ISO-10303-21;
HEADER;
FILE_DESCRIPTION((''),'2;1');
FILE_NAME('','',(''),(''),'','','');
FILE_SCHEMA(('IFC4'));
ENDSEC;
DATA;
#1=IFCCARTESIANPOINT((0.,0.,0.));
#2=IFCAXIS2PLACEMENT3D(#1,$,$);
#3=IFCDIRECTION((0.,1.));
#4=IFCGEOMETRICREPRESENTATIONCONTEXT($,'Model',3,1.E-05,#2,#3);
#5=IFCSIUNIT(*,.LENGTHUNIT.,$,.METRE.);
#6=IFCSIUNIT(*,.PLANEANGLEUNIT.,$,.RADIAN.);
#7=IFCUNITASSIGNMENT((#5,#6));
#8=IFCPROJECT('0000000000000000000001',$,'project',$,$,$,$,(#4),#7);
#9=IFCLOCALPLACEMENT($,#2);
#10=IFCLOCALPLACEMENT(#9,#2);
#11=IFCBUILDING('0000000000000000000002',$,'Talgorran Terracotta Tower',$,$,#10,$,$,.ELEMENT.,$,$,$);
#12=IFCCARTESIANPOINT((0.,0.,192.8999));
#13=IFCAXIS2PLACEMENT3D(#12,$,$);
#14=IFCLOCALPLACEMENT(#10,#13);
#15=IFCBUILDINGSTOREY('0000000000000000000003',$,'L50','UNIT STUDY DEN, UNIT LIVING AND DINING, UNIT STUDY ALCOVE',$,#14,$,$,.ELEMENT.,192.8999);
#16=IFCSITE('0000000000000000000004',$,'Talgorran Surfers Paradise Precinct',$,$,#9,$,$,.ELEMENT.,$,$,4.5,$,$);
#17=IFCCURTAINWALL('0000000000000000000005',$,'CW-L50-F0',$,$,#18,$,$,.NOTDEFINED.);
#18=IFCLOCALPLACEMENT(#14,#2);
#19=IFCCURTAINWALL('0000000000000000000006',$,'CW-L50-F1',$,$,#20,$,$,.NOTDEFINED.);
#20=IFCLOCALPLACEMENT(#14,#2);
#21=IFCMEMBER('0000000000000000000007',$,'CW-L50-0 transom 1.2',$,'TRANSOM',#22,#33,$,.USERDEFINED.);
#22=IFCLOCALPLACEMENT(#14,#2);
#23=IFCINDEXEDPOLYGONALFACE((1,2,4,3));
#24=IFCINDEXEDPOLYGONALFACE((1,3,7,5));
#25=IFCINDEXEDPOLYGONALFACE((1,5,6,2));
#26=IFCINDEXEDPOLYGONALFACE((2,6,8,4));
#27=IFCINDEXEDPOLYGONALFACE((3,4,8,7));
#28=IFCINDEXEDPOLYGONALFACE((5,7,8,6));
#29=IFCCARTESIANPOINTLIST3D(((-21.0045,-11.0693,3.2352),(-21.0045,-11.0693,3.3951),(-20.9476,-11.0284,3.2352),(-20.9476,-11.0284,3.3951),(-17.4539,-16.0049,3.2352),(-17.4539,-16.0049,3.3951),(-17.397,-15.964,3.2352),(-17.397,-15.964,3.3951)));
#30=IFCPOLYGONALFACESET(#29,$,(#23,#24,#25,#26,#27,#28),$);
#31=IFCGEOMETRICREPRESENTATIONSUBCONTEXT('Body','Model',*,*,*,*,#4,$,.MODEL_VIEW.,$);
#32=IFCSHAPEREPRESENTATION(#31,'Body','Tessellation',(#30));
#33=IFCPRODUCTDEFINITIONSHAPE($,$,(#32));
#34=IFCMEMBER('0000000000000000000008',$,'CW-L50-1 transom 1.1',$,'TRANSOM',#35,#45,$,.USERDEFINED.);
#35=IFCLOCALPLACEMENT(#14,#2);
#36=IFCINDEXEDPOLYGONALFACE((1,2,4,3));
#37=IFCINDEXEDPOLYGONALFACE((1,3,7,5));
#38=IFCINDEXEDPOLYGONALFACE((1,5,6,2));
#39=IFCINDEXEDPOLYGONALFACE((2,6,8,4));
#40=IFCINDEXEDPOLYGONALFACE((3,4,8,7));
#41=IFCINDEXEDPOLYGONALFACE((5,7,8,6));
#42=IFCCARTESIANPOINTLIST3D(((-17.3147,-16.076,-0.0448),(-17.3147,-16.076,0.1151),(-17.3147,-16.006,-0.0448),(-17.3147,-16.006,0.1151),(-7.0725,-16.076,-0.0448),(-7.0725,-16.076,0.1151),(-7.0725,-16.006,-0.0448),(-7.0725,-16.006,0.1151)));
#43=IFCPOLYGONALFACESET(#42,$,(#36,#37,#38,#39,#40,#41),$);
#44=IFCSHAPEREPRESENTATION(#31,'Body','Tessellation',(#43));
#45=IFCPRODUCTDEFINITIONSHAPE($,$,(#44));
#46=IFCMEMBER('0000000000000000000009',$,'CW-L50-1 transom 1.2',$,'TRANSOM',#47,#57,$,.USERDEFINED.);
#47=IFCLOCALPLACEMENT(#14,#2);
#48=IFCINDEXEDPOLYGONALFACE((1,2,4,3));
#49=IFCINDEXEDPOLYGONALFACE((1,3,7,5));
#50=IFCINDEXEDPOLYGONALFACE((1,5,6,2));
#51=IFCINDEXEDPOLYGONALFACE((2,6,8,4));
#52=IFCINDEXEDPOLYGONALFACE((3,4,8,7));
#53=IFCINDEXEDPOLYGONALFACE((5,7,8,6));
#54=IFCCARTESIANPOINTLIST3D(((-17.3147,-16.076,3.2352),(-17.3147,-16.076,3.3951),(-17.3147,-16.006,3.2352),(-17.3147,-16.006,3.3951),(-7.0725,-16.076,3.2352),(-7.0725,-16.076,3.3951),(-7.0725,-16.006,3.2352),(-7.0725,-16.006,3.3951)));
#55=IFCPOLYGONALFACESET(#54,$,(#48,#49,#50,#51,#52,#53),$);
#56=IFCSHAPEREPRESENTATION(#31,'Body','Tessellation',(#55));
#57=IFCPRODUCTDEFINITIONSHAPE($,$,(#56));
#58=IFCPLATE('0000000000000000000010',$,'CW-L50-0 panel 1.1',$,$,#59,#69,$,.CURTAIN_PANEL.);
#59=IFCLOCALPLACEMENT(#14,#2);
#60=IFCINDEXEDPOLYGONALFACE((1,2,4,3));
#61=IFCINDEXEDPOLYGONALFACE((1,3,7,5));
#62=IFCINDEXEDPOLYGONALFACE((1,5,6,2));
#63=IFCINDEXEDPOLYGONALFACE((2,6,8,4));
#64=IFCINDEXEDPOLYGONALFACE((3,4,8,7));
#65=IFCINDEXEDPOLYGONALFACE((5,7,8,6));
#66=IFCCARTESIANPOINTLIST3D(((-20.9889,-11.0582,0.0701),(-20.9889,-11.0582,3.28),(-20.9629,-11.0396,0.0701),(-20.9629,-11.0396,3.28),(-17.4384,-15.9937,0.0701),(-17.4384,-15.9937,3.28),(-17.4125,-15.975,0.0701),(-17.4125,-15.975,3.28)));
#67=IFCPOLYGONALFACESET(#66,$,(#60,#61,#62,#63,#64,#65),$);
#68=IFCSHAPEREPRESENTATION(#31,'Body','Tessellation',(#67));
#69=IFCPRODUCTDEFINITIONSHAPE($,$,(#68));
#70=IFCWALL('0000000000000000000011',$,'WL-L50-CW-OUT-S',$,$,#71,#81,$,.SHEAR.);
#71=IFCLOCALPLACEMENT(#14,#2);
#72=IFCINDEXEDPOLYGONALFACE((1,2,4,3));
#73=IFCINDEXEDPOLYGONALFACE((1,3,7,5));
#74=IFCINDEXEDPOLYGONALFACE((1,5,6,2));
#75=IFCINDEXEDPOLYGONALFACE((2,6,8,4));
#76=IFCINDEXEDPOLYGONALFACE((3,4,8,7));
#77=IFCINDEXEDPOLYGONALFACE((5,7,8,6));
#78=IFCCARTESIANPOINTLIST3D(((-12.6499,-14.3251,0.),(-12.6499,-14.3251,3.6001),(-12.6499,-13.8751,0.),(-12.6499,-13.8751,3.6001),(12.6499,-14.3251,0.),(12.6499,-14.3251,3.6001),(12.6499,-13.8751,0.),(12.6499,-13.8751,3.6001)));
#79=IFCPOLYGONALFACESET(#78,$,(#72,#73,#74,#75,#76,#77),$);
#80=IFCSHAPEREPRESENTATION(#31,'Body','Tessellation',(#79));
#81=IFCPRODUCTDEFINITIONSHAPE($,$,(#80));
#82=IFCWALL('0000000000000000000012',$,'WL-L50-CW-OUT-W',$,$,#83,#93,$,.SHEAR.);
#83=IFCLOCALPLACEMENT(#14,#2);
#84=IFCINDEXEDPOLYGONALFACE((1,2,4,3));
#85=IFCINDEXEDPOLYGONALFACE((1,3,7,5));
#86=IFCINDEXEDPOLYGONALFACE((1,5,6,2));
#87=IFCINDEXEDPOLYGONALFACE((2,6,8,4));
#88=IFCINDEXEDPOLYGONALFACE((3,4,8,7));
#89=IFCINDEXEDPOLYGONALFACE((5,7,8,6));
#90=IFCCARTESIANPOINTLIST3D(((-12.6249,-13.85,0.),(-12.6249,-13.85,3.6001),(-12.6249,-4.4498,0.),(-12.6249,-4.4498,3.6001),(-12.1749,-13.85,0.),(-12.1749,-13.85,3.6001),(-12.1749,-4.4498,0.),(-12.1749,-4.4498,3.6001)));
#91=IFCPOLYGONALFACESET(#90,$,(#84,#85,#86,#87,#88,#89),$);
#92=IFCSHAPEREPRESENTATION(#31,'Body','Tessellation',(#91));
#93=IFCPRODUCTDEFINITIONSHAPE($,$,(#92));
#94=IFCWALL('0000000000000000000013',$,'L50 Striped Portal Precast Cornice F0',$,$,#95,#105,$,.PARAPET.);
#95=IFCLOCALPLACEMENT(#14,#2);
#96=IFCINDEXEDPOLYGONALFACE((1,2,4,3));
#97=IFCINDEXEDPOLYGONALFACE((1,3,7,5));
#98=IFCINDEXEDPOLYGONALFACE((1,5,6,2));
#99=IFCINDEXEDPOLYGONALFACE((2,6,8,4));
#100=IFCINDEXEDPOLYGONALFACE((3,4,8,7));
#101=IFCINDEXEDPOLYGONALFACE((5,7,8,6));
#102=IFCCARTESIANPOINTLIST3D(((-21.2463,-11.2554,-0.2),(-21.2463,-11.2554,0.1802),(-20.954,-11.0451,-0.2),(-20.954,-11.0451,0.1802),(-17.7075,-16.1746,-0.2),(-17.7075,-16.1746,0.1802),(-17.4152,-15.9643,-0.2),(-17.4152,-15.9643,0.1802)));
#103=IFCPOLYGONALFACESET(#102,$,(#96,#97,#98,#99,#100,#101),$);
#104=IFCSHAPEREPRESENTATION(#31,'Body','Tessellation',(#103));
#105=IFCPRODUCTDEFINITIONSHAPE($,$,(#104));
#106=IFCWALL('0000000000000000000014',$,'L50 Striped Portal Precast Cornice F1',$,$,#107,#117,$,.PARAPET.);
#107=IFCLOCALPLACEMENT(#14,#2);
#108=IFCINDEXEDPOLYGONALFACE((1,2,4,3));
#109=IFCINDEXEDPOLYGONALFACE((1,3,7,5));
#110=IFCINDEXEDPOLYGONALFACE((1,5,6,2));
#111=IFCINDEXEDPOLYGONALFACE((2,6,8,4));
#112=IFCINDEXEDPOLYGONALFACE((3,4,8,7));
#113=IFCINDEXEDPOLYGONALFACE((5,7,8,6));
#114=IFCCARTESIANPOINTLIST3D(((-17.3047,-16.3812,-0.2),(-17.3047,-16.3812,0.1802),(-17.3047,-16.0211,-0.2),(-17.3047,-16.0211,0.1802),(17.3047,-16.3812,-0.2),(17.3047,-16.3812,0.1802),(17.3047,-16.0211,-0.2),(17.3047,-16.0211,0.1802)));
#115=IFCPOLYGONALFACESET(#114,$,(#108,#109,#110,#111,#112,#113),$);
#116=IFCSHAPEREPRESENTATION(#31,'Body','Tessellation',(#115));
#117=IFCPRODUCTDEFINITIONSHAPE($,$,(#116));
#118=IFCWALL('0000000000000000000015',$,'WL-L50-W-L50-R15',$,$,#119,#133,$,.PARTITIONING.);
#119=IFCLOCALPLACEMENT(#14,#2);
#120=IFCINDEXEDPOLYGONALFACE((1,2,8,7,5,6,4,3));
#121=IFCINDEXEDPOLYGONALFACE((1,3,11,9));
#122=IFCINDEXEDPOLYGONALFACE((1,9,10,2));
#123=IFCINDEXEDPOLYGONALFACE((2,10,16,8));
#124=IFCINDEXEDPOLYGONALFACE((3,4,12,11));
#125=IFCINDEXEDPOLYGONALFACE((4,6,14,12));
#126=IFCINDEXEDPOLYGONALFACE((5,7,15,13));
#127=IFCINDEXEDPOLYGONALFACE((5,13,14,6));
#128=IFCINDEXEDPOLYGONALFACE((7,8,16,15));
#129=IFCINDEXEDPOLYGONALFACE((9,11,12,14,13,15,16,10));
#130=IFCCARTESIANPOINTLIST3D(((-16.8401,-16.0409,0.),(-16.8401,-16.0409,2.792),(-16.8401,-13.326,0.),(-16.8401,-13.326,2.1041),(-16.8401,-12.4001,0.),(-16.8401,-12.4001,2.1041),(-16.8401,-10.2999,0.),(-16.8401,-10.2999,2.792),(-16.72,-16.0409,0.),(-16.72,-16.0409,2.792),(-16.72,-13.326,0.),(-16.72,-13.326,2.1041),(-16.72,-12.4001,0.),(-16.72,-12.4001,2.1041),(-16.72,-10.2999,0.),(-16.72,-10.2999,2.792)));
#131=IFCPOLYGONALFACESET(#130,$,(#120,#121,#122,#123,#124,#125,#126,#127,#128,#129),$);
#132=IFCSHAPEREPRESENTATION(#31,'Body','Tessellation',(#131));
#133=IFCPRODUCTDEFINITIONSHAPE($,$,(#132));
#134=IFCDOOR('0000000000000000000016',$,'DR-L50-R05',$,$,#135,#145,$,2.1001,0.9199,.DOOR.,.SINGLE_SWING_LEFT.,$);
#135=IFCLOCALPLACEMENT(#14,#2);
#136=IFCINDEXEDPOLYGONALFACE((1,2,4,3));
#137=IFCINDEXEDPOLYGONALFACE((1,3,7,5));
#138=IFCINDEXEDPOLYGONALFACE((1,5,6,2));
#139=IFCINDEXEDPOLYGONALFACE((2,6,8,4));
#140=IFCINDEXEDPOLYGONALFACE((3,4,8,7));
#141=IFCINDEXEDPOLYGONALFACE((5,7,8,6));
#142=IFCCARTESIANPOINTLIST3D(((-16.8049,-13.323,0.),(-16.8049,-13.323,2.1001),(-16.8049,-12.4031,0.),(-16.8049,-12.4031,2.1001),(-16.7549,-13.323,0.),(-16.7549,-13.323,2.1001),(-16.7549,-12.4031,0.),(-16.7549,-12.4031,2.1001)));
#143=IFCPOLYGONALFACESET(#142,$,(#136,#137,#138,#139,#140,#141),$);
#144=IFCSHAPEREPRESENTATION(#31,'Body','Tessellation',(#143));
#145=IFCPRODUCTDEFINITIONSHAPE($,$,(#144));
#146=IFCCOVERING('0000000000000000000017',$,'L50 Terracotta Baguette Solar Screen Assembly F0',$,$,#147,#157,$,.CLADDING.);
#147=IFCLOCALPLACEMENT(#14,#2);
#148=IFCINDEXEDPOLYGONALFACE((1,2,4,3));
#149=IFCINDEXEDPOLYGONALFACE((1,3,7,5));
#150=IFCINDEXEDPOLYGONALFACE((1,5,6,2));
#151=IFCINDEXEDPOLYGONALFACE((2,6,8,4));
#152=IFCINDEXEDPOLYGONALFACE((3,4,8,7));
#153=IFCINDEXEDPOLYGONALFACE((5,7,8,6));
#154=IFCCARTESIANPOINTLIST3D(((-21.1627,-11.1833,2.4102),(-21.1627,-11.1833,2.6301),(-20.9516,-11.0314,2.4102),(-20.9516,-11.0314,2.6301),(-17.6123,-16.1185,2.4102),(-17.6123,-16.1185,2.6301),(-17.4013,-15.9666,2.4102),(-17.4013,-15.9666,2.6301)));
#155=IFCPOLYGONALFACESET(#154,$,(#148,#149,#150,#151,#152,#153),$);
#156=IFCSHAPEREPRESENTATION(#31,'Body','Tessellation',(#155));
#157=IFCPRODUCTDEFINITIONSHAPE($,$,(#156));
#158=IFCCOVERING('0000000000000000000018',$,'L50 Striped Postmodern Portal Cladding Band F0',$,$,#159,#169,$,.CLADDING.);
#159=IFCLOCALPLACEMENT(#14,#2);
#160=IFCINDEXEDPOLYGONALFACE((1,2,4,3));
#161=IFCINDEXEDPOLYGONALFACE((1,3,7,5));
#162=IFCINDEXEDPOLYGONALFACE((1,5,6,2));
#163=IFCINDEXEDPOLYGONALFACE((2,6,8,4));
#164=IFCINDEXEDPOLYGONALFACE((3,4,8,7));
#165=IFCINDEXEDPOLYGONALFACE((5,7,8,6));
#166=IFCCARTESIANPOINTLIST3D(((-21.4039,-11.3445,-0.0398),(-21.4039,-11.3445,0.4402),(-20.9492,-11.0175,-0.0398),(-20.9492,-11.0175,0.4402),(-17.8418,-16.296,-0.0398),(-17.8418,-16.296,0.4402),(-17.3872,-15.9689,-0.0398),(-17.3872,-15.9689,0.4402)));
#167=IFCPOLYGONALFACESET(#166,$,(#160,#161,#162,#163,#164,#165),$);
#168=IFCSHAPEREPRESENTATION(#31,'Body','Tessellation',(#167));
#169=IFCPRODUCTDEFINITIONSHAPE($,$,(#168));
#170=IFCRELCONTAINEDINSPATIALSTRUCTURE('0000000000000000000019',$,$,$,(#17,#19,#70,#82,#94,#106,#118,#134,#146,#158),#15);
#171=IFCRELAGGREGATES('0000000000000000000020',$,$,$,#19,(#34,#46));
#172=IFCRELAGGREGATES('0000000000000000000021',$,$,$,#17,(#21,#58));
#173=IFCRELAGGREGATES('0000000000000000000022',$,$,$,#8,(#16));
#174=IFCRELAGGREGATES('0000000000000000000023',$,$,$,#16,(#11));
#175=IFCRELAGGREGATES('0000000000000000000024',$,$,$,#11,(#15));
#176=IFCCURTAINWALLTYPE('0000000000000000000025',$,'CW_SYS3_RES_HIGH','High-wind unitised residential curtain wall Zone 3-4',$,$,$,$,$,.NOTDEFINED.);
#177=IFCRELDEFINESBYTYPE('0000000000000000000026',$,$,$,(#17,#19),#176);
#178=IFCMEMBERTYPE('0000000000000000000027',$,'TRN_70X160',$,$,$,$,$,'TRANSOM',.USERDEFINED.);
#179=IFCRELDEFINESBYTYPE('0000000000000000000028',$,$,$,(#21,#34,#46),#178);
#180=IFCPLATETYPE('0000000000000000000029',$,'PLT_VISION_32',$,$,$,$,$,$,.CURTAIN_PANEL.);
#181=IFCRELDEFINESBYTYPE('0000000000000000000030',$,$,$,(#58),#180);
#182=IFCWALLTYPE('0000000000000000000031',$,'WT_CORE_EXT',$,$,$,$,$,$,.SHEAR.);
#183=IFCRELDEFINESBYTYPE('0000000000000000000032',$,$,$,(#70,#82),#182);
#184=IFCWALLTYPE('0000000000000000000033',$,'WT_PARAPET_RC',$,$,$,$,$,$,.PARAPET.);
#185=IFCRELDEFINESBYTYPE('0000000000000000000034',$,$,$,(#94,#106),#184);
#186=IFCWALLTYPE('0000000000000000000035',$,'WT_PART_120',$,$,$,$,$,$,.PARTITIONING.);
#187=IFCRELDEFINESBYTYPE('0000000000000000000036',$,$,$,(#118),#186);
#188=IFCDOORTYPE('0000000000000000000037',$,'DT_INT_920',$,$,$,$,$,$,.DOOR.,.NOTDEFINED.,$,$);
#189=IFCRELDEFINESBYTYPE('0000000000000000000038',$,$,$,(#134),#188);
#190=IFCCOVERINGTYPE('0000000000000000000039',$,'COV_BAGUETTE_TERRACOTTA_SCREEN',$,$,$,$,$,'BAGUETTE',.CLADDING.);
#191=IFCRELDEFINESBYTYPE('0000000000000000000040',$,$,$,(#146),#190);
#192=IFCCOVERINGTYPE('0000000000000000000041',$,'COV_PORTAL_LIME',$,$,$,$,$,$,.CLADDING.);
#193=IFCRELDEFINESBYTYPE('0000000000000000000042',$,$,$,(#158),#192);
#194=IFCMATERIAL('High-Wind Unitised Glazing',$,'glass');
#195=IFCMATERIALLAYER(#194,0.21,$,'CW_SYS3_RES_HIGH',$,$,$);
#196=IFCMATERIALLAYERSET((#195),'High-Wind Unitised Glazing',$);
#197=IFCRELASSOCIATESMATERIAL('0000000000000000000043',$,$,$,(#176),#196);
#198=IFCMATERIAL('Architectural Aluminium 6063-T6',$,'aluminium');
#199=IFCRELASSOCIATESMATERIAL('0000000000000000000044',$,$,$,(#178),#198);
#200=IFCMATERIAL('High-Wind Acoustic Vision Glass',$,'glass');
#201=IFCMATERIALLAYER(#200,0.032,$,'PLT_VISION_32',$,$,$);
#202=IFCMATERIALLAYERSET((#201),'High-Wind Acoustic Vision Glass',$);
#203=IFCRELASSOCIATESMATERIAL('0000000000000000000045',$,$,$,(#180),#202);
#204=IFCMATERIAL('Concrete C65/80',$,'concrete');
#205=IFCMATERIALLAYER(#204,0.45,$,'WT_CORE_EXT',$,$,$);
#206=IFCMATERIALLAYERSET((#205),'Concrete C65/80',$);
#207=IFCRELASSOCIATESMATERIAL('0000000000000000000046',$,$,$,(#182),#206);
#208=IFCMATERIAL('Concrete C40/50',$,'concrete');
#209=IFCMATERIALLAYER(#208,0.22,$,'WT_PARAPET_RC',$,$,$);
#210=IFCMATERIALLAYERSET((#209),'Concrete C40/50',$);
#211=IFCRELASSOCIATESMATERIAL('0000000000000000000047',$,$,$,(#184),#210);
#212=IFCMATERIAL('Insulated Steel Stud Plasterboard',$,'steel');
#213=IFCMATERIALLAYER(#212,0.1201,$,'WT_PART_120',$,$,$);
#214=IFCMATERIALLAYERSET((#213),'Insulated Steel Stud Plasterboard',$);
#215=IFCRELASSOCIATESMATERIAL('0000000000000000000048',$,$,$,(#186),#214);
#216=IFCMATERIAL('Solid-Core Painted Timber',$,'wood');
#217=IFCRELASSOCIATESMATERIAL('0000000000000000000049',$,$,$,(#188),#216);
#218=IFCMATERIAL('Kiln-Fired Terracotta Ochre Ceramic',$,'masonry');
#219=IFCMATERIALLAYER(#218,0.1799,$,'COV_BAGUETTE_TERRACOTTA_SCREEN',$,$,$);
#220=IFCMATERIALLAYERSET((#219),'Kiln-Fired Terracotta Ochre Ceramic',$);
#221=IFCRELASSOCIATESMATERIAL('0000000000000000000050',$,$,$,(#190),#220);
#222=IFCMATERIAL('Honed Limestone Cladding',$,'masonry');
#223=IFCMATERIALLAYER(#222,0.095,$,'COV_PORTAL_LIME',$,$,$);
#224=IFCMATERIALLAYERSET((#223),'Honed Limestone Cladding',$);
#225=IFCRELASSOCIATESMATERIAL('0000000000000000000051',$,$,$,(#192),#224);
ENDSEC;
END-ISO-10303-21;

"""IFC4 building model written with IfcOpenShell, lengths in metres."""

from ifc_helpers import new_model, si_unit, direction, frame, frame_2d, origin, origin_2d, place, context, subcontext, project, spatial, rectangle, extrude, source, transform, mapped, material, layer, layer_set, material_profile, profile_set, type_object, type_shapes, element, fill, aggregate, save


model = new_model("IFC4")

# Units and contexts
model_context = context("Model", 3, precision=1e-05, world=origin(), true_north=direction((0.0, 1.0)))
body_context = subcontext(model_context, "Body", "Model", "MODEL_VIEW")
ifc_project = project(units=[si_unit("LENGTHUNIT", "METRE"), si_unit("PLANEANGLEUNIT", "RADIAN")], contexts=[model_context])

# Site, building, storey
site_placement = place(None, origin())
site = spatial("IfcSite", under=ifc_project, at=site_placement, Name="Talgorran Surfers Paradise Precinct", CompositionType="ELEMENT", RefElevation=4.5)
building_placement = place(site_placement, origin())
building = spatial("IfcBuilding", under=site, at=building_placement, Name="Talgorran Terracotta Tower", CompositionType="ELEMENT")
storey_placement = place(building_placement, frame((0.0, 0.0, 192.8999)))
storey = spatial("IfcBuildingStorey", under=building, at=storey_placement, Name="L50", Description="UNIT STUDY DEN, UNIT LIVING AND DINING, UNIT STUDY ALCOVE", CompositionType="ELEMENT", Elevation=192.8999)

# Curtain wall
ifc_material_1 = material(Name="High-Wind Unitised Glazing", Category="glass")
ifc_layer_1 = layer(ifc_material_1, 0.21, Name="CW_SYS3_RES_HIGH")
ifc_layer_set_1 = layer_set([ifc_layer_1], Name="High-Wind Unitised Glazing")
curtain_wall_type = type_object("IfcCurtainWallType", Name="CW_SYS3_RES_HIGH", Description="High-wind unitised residential curtain wall Zone 3-4", PredefinedType="NOTDEFINED", material=ifc_layer_set_1)
curtain_wall_1_placement = place(storey_placement, origin())
curtain_wall_1 = element("IfcCurtainWall", 1, at=curtain_wall_1_placement, inside=storey, type_object=curtain_wall_type, Name="CW-L50-F0", PredefinedType="NOTDEFINED")
ifc_material_2 = material(Name="Architectural Aluminium 6063-T6", Category="aluminium")

# Curtain wall
curtain_wall_2_placement = place(storey_placement, origin())
curtain_wall_2 = element("IfcCurtainWall", 2, at=curtain_wall_2_placement, inside=storey, type_object=curtain_wall_type, Name="CW-L50-F1", PredefinedType="NOTDEFINED")

# Members
ifc_material_profile_1 = material_profile(ifc_material_2, rectangle(XDim=0.0701, YDim=0.1599, at=origin_2d()), Name="CWT70X160")
ifc_profile_set_1 = profile_set([ifc_material_profile_1], Name="Architectural Aluminium 6063-T6")
member_type_1 = type_object("IfcMemberType", Name="TRN_70X160", ElementType="TRANSOM", PredefinedType="USERDEFINED", material=ifc_profile_set_1)
member_1_placement = place(storey_placement, frame((-20.9761, -11.0488, 3.3152), z_axis=(0.583974, -0.811773, 0.0), x_axis=(0.811773, 0.583974, 0.0)))
member_1 = element("IfcMember", 3, at=member_1_placement, type_object=member_type_1, Name="CW-L50-0 transom 1.2", ObjectType="TRANSOM", PredefinedType="USERDEFINED", context=body_context, shape_type="SweptSolid", body=[
    extrude(rectangle(XDim=0.0701, YDim=0.1599, at=origin_2d()), origin(), (0.0, 0.0, 1.0), 6.0801),
])
member_2_placement = place(storey_placement, frame((-17.3147, -16.041, 0.0352), z_axis=(1.0, 0.0, 0.0), x_axis=(0.0, 1.0, 0.0)))
member_2 = element("IfcMember", 4, at=member_2_placement, type_object=member_type_1, Name="CW-L50-1 transom 1.1", ObjectType="TRANSOM", PredefinedType="USERDEFINED", context=body_context, shape_type="SweptSolid", body=[
    extrude(rectangle(XDim=0.0701, YDim=0.1599, at=origin_2d()), origin(), (0.0, 0.0, 1.0), 10.2422),
])
member_3_placement = place(storey_placement, frame((-17.3147, -16.041, 3.3152), z_axis=(1.0, 0.0, 0.0), x_axis=(0.0, 1.0, 0.0)))
member_3 = element("IfcMember", 5, at=member_3_placement, type_object=member_type_1, Name="CW-L50-1 transom 1.2", ObjectType="TRANSOM", PredefinedType="USERDEFINED", context=body_context, shape_type="SweptSolid", body=[
    extrude(rectangle(XDim=0.0701, YDim=0.1599, at=origin_2d()), origin(), (0.0, 0.0, 1.0), 10.2422),
])
aggregate(curtain_wall_2, [member_2, member_3])

# Plate
ifc_material_3 = material(Name="High-Wind Acoustic Vision Glass", Category="glass")
ifc_layer_2 = layer(ifc_material_3, 0.032, Name="PLT_VISION_32")
ifc_layer_set_2 = layer_set([ifc_layer_2], Name="High-Wind Acoustic Vision Glass")
plate_type = type_object("IfcPlateType", Name="PLT_VISION_32", PredefinedType="CURTAIN_PANEL", material=ifc_layer_set_2)
shared_shape_1 = source(origin(), body_context, "Body", "SweptSolid", [
    extrude(rectangle(XDim=6.0798, YDim=0.032, at=origin_2d()), origin(), (0.0, 0.0, 1.0), 3.21),
])
type_shapes(plate_type, [shared_shape_1])
plate_placement = place(storey_placement, frame((-19.2007, -13.5166, 0.0701), z_axis=(0.0, 0.0, 1.0), x_axis=(0.583979, -0.811769, 0.0)))
plate = element("IfcPlate", 6, at=plate_placement, type_object=plate_type, Name="CW-L50-0 panel 1.1", PredefinedType="CURTAIN_PANEL", context=body_context, shape_type="MappedRepresentation", body=[
    mapped(shared_shape_1, transform((0.0, 0.0, 0.0), scale=1.0)),
])
aggregate(curtain_wall_1, [member_1, plate])

# Walls
ifc_material_4 = material(Name="Concrete C65/80", Category="concrete")
ifc_layer_3 = layer(ifc_material_4, 0.45, Name="WT_CORE_EXT")
ifc_layer_set_3 = layer_set([ifc_layer_3], Name="Concrete C65/80")
wall_type_1 = type_object("IfcWallType", Name="WT_CORE_EXT", PredefinedType="SHEAR", material=ifc_layer_set_3)
wall_1_placement = place(storey_placement, frame((-12.6499, -14.1001, 0.0), z_axis=(0.0, 0.0, 1.0), x_axis=(1.0, 0.0, 0.0)))
element("IfcWall", 7, at=wall_1_placement, inside=storey, type_object=wall_type_1, Name="WL-L50-CW-OUT-S", PredefinedType="SHEAR", context=body_context, shape_type="SweptSolid", body=[
    extrude(rectangle(XDim=25.2998, YDim=0.45, at=frame_2d((12.6499, 0.0))), origin(), (0.0, 0.0, 1.0), 3.6001),
])
wall_2_placement = place(storey_placement, frame((-12.3999, -13.8501, 0.0), z_axis=(0.0, 0.0, 1.0), x_axis=(0.0, 1.0, 0.0)))
element("IfcWall", 8, at=wall_2_placement, inside=storey, type_object=wall_type_1, Name="WL-L50-CW-OUT-W", PredefinedType="SHEAR", context=body_context, shape_type="SweptSolid", body=[
    extrude(rectangle(XDim=9.4001, YDim=0.45, at=frame_2d((4.7002, 0.0))), origin(), (0.0, 0.0, 1.0), 3.6001),
])
ifc_material_5 = material(Name="Concrete C40/50", Category="concrete")
ifc_layer_4 = layer(ifc_material_5, 0.22, Name="WT_PARAPET_RC")
ifc_layer_set_4 = layer_set([ifc_layer_4], Name="Concrete C40/50")
wall_type_2 = type_object("IfcWallType", Name="WT_PARAPET_RC", PredefinedType="PARAPET", material=ifc_layer_set_4)
wall_3_placement = place(storey_placement, frame((-21.1001, -11.1504, -0.2), z_axis=(0.0, 0.0, 1.0), x_axis=(0.583979, -0.811769, 0.0)))
element("IfcWall", 9, at=wall_3_placement, inside=storey, type_object=wall_type_2, Name="L50 Striped Portal Precast Cornice F0", PredefinedType="PARAPET", context=body_context, shape_type="SweptSolid", body=[
    extrude(rectangle(XDim=6.0598, YDim=0.3601, at=frame_2d((3.0298, 0.0))), origin(), (0.0, 0.0, 1.0), 0.3801),
])
wall_4_placement = place(storey_placement, frame((-17.3047, -16.2012, -0.2), z_axis=(0.0, 0.0, 1.0), x_axis=(1.0, 0.0, 0.0)))
element("IfcWall", 10, at=wall_4_placement, inside=storey, type_object=wall_type_2, Name="L50 Striped Portal Precast Cornice F1", PredefinedType="PARAPET", context=body_context, shape_type="SweptSolid", body=[
    extrude(rectangle(XDim=34.6094, YDim=0.3601, at=frame_2d((17.3047, 0.0))), origin(), (0.0, 0.0, 1.0), 0.3801),
])

# Wall, opening, door
ifc_material_6 = material(Name="Insulated Steel Stud Plasterboard", Category="steel")
ifc_layer_5 = layer(ifc_material_6, 0.1201, Name="WT_PART_120")
ifc_layer_set_5 = layer_set([ifc_layer_5], Name="Insulated Steel Stud Plasterboard")
wall_type_3 = type_object("IfcWallType", Name="WT_PART_120", PredefinedType="PARTITIONING", material=ifc_layer_set_5)
wall_5_placement = place(storey_placement, frame((-16.78, -16.041, 0.0), z_axis=(0.0, 0.0, 1.0), x_axis=(0.0, 1.0, 0.0)))
wall_5 = element("IfcWall", 11, at=wall_5_placement, inside=storey, type_object=wall_type_3, Name="WL-L50-W-L50-R15", PredefinedType="PARTITIONING", context=body_context, shape_type="SweptSolid", body=[
    extrude(rectangle(XDim=5.741, YDim=0.1201, at=frame_2d((2.8706, 0.0))), origin(), (0.0, 0.0, 1.0), 2.792),
])
opening_placement = place(wall_5_placement, frame((2.718, 0.0, 0.0)))
opening = element("IfcOpeningElement", 12, at=opening_placement, cuts=wall_5, PredefinedType="OPENING", context=body_context, shape_type="SweptSolid", body=[
    extrude(rectangle(XDim=0.9259, YDim=2.1041, at=frame_2d((0.46, 1.052))), frame((0.0, 0.0701, 0.0), z_axis=(0.0, -1.0, 0.0), x_axis=(1.0, 0.0, 0.0)), (0.0, 0.0, 1.0), 0.1401),
])
ifc_material_7 = material(Name="Solid-Core Painted Timber", Category="wood")
door_type = type_object("IfcDoorType", Name="DT_INT_920", OperationType="NOTDEFINED", PredefinedType="DOOR", material=ifc_material_7)
door_placement = place(opening_placement, origin())
door = element("IfcDoor", 13, at=door_placement, inside=storey, type_object=door_type, Name="DR-L50-R05", OperationType="SINGLE_SWING_LEFT", OverallHeight=2.1001, OverallWidth=0.9199, PredefinedType="DOOR", context=body_context, shape_type="SweptSolid", body=[
    extrude(rectangle(XDim=0.9199, YDim=2.1001, at=frame_2d((0.46, 1.05))), frame((0.0, 0.0249, 0.0), z_axis=(0.0, -1.0, 0.0), x_axis=(1.0, 0.0, 0.0)), (0.0, 0.0, 1.0), 0.05),
])
fill(opening, door)

# Coverings
ifc_material_8 = material(Name="Kiln-Fired Terracotta Ochre Ceramic", Category="masonry")
ifc_layer_6 = layer(ifc_material_8, 0.1799, Name="COV_BAGUETTE_TERRACOTTA_SCREEN")
ifc_layer_set_6 = layer_set([ifc_layer_6], Name="Kiln-Fired Terracotta Ochre Ceramic")
covering_type_1 = type_object("IfcCoveringType", Name="COV_BAGUETTE_TERRACOTTA_SCREEN", ElementType="BAGUETTE", PredefinedType="CLADDING", material=ifc_layer_set_6)
covering_1_placement = place(storey_placement, frame((-19.282, -13.575, 2.4102), z_axis=(0.0, 0.0, 1.0), x_axis=(0.583981, -0.811768, 0.0)))
element("IfcCovering", 14, at=covering_1_placement, inside=storey, type_object=covering_type_1, Name="L50 Terracotta Baguette Solar Screen Assembly F0", PredefinedType="CLADDING", context=body_context, shape_type="SweptSolid", body=[
    extrude(rectangle(XDim=6.0796, YDim=0.26, at=origin_2d()), origin(), (0.0, 0.0, 1.0), 0.22),
])
ifc_material_9 = material(Name="Honed Limestone Cladding", Category="masonry")
ifc_layer_7 = layer(ifc_material_9, 0.095, Name="COV_PORTAL_LIME")
ifc_layer_set_7 = layer_set([ifc_layer_7], Name="Honed Limestone Cladding")
covering_type_2 = type_object("IfcCoveringType", Name="COV_PORTAL_LIME", PredefinedType="CLADDING", material=ifc_layer_set_7)
covering_2_placement = place(storey_placement, frame((-19.3955, -13.6567, -0.0398), z_axis=(0.0, 0.0, 1.0), x_axis=(0.583981, -0.811768, 0.0)))
element("IfcCovering", 15, at=covering_2_placement, inside=storey, type_object=covering_type_2, Name="L50 Striped Postmodern Portal Cladding Band F0", PredefinedType="CLADDING", context=body_context, shape_type="SweptSolid", body=[
    extrude(rectangle(XDim=6.0996, YDim=0.5601, at=origin_2d()), origin(), (0.0, 0.0, 1.0), 0.48),
])

save(model, "model.ifc")
